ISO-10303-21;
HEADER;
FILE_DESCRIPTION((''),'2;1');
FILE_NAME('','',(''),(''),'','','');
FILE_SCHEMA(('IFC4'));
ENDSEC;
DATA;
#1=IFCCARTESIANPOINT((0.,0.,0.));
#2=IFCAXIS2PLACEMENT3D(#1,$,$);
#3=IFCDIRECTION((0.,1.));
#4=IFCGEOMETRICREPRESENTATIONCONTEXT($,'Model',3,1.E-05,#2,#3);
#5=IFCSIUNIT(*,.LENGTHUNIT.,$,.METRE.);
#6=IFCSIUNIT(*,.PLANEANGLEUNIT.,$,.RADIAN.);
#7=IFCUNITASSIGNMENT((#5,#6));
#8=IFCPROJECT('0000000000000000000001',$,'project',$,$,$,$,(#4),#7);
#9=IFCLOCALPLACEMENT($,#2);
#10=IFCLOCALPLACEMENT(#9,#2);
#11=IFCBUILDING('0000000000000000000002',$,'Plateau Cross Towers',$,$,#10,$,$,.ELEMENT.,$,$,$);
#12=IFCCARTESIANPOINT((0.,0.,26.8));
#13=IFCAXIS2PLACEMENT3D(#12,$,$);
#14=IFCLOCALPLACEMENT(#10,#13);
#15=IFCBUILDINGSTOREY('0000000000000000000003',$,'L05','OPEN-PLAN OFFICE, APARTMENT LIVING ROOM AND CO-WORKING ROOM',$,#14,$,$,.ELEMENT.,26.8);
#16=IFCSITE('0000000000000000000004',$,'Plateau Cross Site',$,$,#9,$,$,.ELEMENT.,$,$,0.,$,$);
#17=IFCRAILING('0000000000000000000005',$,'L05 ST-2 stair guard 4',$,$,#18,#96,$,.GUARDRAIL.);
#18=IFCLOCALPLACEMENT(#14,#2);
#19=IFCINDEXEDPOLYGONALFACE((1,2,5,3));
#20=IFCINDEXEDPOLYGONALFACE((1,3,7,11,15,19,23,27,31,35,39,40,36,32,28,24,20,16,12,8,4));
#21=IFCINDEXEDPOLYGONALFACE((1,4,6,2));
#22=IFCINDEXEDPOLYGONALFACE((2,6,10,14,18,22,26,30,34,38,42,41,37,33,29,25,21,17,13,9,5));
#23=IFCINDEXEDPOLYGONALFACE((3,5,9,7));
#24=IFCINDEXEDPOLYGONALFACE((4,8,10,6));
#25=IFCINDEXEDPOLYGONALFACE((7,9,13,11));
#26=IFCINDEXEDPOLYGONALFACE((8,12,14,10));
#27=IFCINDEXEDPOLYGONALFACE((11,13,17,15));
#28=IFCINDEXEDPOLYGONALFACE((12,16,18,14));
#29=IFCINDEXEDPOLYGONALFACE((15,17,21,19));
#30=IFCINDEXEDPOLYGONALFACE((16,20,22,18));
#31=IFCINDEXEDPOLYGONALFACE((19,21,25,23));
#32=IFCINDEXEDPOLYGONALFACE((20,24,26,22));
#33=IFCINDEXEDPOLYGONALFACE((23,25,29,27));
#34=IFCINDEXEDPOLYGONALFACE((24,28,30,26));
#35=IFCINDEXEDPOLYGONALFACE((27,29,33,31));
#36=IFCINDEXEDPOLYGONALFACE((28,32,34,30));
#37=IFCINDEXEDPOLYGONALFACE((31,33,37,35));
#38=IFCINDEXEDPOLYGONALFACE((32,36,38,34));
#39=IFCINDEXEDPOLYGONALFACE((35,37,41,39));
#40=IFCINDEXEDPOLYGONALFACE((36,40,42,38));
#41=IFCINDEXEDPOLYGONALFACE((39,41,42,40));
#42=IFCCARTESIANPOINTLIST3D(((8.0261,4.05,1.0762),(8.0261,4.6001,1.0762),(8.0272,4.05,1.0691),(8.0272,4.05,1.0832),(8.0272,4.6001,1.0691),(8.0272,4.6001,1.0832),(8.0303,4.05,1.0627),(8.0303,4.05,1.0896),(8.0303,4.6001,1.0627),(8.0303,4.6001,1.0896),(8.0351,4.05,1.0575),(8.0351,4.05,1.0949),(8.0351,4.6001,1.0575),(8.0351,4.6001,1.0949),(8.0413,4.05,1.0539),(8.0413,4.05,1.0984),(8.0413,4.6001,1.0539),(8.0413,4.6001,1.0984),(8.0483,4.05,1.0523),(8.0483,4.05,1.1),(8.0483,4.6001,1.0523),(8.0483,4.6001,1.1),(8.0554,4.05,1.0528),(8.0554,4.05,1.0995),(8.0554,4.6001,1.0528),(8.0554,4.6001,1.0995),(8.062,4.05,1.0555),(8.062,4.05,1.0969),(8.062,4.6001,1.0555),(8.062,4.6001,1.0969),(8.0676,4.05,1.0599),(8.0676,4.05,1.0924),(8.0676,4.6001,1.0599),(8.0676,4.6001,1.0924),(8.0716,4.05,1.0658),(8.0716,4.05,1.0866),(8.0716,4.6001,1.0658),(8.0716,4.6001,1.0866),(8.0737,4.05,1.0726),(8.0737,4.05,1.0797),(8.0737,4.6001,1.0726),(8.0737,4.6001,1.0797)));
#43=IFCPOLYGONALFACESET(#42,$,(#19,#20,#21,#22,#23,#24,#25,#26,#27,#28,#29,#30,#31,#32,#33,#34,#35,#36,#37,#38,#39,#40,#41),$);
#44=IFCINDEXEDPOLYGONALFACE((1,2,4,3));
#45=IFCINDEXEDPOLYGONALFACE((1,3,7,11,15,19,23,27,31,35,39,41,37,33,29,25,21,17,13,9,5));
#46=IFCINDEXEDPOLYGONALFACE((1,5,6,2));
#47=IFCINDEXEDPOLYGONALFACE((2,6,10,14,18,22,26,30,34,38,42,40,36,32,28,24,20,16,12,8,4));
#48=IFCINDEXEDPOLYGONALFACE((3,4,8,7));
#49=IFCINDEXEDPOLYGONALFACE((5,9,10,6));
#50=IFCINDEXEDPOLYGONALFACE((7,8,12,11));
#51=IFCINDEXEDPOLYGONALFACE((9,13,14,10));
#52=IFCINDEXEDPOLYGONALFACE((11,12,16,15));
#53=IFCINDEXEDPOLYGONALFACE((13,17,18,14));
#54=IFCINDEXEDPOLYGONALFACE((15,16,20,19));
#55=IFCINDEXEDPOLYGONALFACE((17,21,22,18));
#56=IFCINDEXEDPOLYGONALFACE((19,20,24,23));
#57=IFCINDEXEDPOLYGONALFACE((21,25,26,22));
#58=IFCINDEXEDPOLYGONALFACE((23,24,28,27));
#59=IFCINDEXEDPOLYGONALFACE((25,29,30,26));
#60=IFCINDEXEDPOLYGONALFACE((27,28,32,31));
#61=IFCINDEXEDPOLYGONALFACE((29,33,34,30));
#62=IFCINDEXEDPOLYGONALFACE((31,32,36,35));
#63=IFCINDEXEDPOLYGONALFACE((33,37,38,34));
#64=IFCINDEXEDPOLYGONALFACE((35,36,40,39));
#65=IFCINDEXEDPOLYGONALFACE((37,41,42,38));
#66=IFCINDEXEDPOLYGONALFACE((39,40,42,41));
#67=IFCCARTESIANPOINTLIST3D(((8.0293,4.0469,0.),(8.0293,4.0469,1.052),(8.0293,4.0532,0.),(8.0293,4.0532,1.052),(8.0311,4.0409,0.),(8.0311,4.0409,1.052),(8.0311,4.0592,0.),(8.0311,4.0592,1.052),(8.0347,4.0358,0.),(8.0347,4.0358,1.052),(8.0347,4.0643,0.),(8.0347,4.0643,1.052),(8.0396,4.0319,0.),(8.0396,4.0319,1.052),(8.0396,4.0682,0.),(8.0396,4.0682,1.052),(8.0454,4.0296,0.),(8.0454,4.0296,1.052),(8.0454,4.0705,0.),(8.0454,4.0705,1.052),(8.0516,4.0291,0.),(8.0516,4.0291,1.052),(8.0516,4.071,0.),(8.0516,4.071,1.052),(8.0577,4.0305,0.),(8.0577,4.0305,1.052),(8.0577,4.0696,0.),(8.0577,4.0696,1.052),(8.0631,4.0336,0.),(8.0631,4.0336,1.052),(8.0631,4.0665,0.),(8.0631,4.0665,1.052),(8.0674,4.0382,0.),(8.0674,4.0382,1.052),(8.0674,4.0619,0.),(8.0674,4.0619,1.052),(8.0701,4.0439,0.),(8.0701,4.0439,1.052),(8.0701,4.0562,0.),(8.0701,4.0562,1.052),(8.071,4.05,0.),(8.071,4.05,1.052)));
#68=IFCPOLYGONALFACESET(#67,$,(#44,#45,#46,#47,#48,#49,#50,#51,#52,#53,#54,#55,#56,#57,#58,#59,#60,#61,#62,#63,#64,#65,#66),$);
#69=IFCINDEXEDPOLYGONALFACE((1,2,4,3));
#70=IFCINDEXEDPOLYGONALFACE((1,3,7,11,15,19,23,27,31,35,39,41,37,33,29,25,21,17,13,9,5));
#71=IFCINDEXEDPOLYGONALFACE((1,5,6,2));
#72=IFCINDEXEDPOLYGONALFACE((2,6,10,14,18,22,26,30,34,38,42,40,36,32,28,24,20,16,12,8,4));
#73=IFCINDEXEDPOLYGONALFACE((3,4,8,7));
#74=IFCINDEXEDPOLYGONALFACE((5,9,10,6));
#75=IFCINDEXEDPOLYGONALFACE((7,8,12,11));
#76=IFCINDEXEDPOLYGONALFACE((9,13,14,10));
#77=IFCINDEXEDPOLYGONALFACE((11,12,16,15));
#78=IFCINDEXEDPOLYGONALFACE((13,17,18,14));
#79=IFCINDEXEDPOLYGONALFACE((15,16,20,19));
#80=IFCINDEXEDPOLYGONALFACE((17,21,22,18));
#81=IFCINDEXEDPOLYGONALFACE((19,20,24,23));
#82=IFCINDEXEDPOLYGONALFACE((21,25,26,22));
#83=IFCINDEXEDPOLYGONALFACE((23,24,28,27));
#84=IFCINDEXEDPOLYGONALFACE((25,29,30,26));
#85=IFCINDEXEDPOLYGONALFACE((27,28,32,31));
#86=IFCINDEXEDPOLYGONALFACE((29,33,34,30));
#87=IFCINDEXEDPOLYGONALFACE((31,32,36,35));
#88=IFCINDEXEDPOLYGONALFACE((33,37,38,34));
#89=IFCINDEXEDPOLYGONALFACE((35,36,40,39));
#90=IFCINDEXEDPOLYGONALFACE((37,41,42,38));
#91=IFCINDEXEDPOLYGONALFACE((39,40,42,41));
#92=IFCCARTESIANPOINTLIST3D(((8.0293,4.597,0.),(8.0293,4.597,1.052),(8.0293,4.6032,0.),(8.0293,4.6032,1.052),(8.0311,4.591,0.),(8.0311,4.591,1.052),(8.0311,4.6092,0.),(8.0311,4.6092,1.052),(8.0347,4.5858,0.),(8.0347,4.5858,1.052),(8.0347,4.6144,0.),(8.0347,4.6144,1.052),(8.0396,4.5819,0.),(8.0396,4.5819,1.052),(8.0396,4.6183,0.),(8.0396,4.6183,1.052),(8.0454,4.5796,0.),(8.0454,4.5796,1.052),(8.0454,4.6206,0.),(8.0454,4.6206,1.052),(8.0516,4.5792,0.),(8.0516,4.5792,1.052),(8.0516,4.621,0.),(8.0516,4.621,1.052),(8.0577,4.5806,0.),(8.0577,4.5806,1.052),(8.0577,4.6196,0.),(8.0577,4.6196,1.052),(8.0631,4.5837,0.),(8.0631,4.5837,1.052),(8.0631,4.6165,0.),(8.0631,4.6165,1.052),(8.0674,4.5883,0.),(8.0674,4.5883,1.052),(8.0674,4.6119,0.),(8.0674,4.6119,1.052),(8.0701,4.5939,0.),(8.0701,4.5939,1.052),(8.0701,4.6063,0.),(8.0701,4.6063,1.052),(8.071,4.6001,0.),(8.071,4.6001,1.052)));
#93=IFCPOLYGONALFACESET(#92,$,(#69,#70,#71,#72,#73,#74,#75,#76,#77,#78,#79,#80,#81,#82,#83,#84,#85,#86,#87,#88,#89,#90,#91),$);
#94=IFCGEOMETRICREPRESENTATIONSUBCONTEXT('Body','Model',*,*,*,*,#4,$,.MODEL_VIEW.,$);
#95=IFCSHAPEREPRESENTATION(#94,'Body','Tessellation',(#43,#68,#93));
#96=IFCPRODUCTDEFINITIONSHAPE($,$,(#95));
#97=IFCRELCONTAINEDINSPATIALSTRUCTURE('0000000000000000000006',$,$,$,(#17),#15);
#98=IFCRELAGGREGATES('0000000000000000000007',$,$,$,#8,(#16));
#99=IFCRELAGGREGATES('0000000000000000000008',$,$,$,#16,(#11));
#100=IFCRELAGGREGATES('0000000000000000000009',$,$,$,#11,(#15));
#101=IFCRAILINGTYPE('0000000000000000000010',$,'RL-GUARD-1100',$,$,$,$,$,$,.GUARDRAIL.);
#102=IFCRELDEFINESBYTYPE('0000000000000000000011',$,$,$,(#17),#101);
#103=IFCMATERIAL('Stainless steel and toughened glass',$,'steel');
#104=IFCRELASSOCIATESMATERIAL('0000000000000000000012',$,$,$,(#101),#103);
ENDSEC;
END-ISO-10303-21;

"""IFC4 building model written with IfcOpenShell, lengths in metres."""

from ifc_helpers import new_model, si_unit, direction, frame, origin, origin_2d, place, context, subcontext, project, spatial, circle, extrude, material, type_object, element, save


model = new_model("IFC4")

# Units and contexts
model_context = context("Model", 3, precision=1e-05, world=origin(), true_north=direction((0.0, 1.0)))
body_context = subcontext(model_context, "Body", "Model", "MODEL_VIEW")
ifc_project = project(units=[si_unit("LENGTHUNIT", "METRE"), si_unit("PLANEANGLEUNIT", "RADIAN")], contexts=[model_context])

# Site, building, storey
site_placement = place(None, origin())
site = spatial("IfcSite", under=ifc_project, at=site_placement, Name="Plateau Cross Site", CompositionType="ELEMENT", RefElevation=0.0)
building_placement = place(site_placement, origin())
building = spatial("IfcBuilding", under=site, at=building_placement, Name="Plateau Cross Towers", CompositionType="ELEMENT")
storey_placement = place(building_placement, frame((0.0, 0.0, 26.8)))
storey = spatial("IfcBuildingStorey", under=building, at=storey_placement, Name="L05", Description="OPEN-PLAN OFFICE, APARTMENT LIVING ROOM AND CO-WORKING ROOM", CompositionType="ELEMENT", Elevation=26.8)

# Railing
ifc_material_1 = material(Name="Stainless steel and toughened glass", Category="steel")
railing_type_1 = type_object("IfcRailingType", Name="RL-GUARD-1100", PredefinedType="GUARDRAIL", material=ifc_material_1)
railing_1_placement = place(storey_placement, frame((8.05, 4.05, 0.0)))
element("IfcRailing", 1, at=railing_1_placement, inside=storey, type_object=railing_type_1, Name="L05 ST-2 stair guard 4", PredefinedType="GUARDRAIL", context=body_context, shape_type="SweptSolid", body=[
    extrude(circle(Radius=0.0239, at=origin_2d()), frame((0.0, 0.0, 1.0762), z_axis=(0.0, 1.0, 0.0), x_axis=(-1.0, 0.0, 0.0)), (0.0, 0.0, 1.0), 0.55),
    extrude(circle(Radius=0.021, at=origin_2d()), origin(), (0.0, 0.0, 1.0), 1.052),
    extrude(circle(Radius=0.021, at=origin_2d()), frame((0.0, 0.55, 0.0)), (0.0, 0.0, 1.0), 1.052),
])

save(model, "model.ifc")
